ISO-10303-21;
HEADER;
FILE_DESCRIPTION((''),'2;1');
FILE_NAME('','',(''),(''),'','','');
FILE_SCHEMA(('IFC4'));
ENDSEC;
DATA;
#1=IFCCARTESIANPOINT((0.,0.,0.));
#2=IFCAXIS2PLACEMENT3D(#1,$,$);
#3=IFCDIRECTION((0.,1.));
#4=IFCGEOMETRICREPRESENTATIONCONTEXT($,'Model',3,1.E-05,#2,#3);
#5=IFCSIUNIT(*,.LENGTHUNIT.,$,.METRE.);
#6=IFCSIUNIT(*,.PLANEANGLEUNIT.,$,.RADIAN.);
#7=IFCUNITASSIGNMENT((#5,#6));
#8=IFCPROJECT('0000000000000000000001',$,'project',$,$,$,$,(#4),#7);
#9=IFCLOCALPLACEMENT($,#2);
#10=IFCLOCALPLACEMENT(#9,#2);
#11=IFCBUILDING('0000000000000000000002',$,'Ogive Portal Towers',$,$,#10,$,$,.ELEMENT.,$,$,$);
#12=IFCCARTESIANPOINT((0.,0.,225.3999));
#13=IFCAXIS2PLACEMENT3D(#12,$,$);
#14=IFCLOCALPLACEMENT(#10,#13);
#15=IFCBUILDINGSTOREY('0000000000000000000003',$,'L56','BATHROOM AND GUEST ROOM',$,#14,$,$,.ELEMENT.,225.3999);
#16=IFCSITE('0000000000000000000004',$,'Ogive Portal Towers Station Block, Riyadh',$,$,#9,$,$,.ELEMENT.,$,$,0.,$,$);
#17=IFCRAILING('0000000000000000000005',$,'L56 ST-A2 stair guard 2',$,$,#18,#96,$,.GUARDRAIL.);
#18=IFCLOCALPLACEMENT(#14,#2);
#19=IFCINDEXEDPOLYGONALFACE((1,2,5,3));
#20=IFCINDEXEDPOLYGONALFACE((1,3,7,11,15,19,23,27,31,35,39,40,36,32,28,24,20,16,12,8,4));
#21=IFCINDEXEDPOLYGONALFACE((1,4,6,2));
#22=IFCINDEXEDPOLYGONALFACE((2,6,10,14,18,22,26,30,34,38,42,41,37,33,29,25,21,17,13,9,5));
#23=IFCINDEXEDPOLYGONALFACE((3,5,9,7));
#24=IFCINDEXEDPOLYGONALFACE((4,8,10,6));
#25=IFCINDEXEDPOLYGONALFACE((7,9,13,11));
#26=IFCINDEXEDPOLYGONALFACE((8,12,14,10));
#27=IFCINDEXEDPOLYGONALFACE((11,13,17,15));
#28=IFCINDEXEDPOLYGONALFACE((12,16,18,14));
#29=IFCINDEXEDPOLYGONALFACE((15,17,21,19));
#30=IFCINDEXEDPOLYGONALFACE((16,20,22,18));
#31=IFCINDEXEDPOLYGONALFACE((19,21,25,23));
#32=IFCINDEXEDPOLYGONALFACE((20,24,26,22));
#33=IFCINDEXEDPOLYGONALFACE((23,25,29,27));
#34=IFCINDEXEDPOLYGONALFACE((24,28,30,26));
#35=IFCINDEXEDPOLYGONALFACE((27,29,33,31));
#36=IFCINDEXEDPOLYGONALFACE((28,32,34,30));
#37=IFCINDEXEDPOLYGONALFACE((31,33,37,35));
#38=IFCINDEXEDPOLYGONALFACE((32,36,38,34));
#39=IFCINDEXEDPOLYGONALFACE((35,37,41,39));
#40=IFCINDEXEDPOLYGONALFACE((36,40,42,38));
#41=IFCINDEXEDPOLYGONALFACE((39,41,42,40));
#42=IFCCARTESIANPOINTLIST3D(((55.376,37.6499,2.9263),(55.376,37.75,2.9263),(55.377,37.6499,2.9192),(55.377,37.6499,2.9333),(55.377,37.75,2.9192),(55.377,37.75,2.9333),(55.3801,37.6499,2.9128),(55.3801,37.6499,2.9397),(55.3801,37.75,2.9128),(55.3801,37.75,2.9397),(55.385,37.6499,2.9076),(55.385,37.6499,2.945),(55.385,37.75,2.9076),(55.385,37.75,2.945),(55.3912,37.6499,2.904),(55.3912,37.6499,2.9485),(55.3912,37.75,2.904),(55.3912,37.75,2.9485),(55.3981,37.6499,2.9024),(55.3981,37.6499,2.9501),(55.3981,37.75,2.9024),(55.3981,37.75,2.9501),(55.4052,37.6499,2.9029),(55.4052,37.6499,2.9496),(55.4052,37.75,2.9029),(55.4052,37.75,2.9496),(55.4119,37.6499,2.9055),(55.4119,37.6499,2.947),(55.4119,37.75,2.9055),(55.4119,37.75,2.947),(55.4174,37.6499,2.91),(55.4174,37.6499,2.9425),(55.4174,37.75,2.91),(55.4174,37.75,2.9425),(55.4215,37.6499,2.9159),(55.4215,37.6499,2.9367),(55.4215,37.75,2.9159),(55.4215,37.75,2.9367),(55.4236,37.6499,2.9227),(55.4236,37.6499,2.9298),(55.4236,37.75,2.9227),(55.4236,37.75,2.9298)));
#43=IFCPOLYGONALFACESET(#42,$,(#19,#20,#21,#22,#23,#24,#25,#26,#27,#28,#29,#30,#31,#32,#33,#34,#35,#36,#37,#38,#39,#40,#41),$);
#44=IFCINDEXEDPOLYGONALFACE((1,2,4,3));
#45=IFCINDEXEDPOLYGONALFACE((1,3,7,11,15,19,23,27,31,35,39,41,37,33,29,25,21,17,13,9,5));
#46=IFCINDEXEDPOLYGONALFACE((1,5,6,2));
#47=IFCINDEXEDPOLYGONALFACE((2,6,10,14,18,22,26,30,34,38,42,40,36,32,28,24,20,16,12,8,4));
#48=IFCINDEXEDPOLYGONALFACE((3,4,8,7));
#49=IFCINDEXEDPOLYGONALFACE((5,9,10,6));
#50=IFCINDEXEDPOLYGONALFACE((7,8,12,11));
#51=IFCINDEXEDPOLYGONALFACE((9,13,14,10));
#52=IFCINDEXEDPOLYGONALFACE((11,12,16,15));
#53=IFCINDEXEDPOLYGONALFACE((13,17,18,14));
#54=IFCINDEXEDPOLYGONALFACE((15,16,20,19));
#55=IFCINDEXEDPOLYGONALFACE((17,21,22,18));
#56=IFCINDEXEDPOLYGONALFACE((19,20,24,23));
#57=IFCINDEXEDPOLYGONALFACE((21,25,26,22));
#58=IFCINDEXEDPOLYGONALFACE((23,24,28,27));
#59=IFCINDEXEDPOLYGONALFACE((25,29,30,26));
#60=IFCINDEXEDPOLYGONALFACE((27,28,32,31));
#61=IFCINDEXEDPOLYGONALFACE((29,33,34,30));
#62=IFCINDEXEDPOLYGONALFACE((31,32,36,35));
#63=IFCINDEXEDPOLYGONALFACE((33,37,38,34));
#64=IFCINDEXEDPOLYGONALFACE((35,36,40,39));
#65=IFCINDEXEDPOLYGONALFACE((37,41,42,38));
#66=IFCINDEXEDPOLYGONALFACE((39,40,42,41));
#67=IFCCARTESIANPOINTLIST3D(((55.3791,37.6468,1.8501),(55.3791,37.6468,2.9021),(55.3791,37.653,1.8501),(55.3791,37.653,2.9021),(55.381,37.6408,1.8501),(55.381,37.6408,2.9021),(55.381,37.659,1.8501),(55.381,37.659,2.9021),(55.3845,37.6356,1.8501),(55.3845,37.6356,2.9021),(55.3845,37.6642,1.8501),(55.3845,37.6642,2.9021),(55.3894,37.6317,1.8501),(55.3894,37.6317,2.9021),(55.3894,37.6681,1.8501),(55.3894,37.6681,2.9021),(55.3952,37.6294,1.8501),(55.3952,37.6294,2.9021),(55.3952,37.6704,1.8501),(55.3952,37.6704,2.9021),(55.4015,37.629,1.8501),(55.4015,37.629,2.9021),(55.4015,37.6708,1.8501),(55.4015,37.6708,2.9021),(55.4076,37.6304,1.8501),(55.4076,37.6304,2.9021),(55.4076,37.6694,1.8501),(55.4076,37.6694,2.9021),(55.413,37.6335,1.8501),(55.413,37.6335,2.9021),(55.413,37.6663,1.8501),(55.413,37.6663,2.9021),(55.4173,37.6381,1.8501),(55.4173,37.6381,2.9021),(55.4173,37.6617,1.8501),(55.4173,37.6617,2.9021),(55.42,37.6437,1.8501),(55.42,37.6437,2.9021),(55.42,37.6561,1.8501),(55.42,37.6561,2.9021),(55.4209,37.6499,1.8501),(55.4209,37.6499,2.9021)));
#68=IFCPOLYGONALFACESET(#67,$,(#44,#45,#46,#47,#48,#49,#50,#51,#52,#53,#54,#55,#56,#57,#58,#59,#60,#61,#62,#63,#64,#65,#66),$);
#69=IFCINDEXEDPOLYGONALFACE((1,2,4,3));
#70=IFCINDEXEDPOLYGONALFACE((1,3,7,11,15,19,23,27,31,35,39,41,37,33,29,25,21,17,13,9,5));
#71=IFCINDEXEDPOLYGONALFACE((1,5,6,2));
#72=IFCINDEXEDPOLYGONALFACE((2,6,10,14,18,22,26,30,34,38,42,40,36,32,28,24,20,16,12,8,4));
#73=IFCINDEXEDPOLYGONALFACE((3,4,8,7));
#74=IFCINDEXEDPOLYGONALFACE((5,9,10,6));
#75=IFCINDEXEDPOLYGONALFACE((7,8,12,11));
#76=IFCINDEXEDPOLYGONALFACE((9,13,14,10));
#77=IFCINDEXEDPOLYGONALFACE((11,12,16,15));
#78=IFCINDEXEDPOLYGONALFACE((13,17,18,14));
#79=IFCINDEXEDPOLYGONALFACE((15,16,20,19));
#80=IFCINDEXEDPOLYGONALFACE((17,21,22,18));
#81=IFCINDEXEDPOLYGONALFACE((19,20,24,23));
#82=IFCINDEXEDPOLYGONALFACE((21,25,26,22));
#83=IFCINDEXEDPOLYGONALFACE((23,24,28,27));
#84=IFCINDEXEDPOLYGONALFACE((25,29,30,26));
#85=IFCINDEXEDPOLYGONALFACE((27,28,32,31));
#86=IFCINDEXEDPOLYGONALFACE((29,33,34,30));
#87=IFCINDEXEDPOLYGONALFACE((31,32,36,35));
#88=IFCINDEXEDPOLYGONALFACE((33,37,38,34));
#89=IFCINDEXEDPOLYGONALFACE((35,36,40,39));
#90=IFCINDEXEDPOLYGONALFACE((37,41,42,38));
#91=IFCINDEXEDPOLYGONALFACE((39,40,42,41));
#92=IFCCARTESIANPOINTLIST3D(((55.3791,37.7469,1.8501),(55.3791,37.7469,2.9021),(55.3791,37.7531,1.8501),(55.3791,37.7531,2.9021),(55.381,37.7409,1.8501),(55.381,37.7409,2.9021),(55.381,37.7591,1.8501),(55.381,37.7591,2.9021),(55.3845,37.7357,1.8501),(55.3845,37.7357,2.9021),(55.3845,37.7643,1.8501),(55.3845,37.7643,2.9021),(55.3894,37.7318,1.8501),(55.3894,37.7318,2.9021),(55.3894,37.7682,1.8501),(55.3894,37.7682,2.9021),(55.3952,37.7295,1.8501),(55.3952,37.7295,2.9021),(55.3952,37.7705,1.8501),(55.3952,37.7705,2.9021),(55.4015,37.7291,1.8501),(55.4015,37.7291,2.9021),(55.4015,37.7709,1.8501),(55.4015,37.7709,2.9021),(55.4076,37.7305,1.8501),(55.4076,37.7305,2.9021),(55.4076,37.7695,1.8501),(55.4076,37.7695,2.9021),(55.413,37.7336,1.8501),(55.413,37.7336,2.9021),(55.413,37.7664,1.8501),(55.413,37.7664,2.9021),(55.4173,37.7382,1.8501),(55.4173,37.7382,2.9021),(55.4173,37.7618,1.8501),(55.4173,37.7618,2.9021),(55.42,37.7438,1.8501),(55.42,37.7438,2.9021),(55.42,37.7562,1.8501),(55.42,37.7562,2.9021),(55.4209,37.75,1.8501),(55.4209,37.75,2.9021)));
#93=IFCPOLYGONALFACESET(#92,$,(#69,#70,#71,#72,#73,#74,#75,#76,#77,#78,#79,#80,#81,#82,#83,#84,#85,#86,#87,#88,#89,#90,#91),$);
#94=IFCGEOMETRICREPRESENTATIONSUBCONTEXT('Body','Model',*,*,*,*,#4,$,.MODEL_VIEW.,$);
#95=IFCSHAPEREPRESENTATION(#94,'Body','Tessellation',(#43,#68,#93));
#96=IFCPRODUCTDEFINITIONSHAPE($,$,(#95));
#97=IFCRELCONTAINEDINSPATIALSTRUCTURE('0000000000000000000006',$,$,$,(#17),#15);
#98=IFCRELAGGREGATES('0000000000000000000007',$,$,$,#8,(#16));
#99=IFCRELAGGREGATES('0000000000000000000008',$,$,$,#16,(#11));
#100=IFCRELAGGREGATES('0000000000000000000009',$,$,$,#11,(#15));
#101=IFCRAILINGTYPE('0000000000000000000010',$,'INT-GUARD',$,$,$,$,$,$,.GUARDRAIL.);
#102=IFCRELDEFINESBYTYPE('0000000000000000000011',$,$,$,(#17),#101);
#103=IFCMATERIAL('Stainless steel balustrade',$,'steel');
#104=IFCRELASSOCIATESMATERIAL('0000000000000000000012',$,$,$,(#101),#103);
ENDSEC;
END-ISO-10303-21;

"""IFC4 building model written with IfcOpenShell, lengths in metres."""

from ifc_helpers import new_model, si_unit, direction, frame, origin, origin_2d, place, context, subcontext, project, spatial, circle, extrude, material, type_object, element, save


model = new_model("IFC4")

# Units and contexts
model_context = context("Model", 3, precision=1e-05, world=origin(), true_north=direction((0.0, 1.0)))
body_context = subcontext(model_context, "Body", "Model", "MODEL_VIEW")
ifc_project = project(units=[si_unit("LENGTHUNIT", "METRE"), si_unit("PLANEANGLEUNIT", "RADIAN")], contexts=[model_context])

# Site, building, storey
site_placement = place(None, origin())
site = spatial("IfcSite", under=ifc_project, at=site_placement, Name="Ogive Portal Towers Station Block, Riyadh", CompositionType="ELEMENT", RefElevation=0.0)
building_placement = place(site_placement, origin())
building = spatial("IfcBuilding", under=site, at=building_placement, Name="Ogive Portal Towers", CompositionType="ELEMENT")
storey_placement = place(building_placement, frame((0.0, 0.0, 225.3999)))
storey = spatial("IfcBuildingStorey", under=building, at=storey_placement, Name="L56", Description="BATHROOM AND GUEST ROOM", CompositionType="ELEMENT", Elevation=225.3999)

# Railing
ifc_material_1 = material(Name="Stainless steel balustrade", Category="steel")
railing_type_1 = type_object("IfcRailingType", Name="INT-GUARD", PredefinedType="GUARDRAIL", material=ifc_material_1)
railing_1_placement = place(storey_placement, frame((55.3999, 37.6499, 1.8501)))
element("IfcRailing", 1, at=railing_1_placement, inside=storey, type_object=railing_type_1, Name="L56 ST-A2 stair guard 2", PredefinedType="GUARDRAIL", context=body_context, shape_type="SweptSolid", body=[
    extrude(circle(Radius=0.0239, at=origin_2d()), frame((0.0, 0.0, 1.0762), z_axis=(0.0, 1.0, 0.0), x_axis=(-1.0, 0.0, 0.0)), (0.0, 0.0, 1.0), 0.1001),
    extrude(circle(Radius=0.021, at=origin_2d()), origin(), (0.0, 0.0, 1.0), 1.052),
    extrude(circle(Radius=0.021, at=origin_2d()), frame((0.0, 0.1001, 0.0)), (0.0, 0.0, 1.0), 1.052),
])

save(model, "model.ifc")
